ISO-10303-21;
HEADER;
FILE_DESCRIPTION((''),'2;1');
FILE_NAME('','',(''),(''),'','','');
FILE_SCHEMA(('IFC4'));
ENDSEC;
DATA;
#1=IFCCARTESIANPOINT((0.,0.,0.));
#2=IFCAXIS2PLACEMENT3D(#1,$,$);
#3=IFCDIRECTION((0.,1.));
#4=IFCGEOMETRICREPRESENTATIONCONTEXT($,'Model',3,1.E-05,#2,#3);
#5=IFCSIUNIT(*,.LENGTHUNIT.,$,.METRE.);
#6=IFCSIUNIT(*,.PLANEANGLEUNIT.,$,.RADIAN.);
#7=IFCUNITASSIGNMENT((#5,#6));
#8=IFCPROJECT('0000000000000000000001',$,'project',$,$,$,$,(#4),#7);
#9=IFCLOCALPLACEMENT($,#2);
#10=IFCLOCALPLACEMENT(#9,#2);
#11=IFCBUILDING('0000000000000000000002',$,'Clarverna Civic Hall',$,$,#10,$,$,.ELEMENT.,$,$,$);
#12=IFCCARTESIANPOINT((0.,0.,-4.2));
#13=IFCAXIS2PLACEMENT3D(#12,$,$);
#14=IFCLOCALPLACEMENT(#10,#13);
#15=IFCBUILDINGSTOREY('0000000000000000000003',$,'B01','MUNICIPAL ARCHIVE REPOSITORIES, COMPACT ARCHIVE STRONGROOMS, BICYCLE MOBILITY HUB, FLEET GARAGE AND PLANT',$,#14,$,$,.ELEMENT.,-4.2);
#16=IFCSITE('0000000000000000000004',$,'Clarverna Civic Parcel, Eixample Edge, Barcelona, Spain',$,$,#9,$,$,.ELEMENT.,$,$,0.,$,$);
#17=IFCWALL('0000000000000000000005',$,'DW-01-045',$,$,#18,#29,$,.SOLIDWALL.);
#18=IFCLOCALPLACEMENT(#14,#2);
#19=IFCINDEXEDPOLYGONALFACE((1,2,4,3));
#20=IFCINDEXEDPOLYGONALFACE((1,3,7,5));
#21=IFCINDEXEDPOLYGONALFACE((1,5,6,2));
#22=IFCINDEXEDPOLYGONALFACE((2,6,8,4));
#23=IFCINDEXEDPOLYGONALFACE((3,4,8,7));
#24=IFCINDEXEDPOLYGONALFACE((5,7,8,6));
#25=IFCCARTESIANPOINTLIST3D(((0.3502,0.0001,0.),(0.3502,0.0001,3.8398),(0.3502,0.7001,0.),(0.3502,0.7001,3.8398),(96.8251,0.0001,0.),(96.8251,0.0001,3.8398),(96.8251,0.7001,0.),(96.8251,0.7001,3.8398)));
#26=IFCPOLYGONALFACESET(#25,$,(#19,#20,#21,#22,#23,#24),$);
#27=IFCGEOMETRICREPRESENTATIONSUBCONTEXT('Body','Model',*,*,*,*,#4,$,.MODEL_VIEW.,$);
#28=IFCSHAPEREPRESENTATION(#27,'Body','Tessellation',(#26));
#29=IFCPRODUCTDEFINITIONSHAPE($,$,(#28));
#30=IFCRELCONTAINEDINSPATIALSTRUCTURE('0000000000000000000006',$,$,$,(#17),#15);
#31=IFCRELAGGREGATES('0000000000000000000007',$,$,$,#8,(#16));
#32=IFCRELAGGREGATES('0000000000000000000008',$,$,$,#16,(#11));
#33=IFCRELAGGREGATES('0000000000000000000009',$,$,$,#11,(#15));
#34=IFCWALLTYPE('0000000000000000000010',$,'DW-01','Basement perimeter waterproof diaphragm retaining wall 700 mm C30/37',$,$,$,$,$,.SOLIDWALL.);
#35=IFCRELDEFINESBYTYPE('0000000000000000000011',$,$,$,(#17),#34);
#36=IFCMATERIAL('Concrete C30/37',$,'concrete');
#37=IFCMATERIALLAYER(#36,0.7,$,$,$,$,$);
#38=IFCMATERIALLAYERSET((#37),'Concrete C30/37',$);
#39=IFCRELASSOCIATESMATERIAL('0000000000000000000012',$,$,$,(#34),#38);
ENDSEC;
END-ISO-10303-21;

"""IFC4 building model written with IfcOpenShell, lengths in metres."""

from ifc_helpers import new_model, si_unit, direction, frame, frame_2d, origin, place, context, subcontext, project, spatial, rectangle, extrude, material, layer, layer_set, type_object, element, save


model = new_model("IFC4")

# Units and contexts
model_context = context("Model", 3, precision=1e-05, world=origin(), true_north=direction((0.0, 1.0)))
body_context = subcontext(model_context, "Body", "Model", "MODEL_VIEW")
ifc_project = project(units=[si_unit("LENGTHUNIT", "METRE"), si_unit("PLANEANGLEUNIT", "RADIAN")], contexts=[model_context])

# Site, building, storey
site_placement = place(None, origin())
site = spatial("IfcSite", under=ifc_project, at=site_placement, Name="Clarverna Civic Parcel, Eixample Edge, Barcelona, Spain", CompositionType="ELEMENT", RefElevation=0.0)
building_placement = place(site_placement, origin())
building = spatial("IfcBuilding", under=site, at=building_placement, Name="Clarverna Civic Hall", CompositionType="ELEMENT")
storey_placement = place(building_placement, frame((0.0, 0.0, -4.2)))
storey = spatial("IfcBuildingStorey", under=building, at=storey_placement, Name="B01", Description="MUNICIPAL ARCHIVE REPOSITORIES, COMPACT ARCHIVE STRONGROOMS, BICYCLE MOBILITY HUB, FLEET GARAGE AND PLANT", CompositionType="ELEMENT", Elevation=-4.2)

# Shared definitions
ifc_material_1 = material(Name="Concrete C30/37", Category="concrete")

# Wall
ifc_layer = layer(ifc_material_1, 0.7)
ifc_layer_set = layer_set([ifc_layer], Name="Concrete C30/37")
wall_type = type_object("IfcWallType", Name="DW-01", Description="Basement perimeter waterproof diaphragm retaining wall 700 mm C30/37", PredefinedType="SOLIDWALL", material=ifc_layer_set)
wall_placement = place(storey_placement, frame((96.825, 0.3501, 0.0), z_axis=(0.0, 0.0, 1.0), x_axis=(-1.0, 0.0, 0.0)))
element("IfcWall", 1, at=wall_placement, inside=storey, type_object=wall_type, Name="DW-01-045", PredefinedType="SOLIDWALL", context=body_context, shape_type="SweptSolid", body=[
    extrude(rectangle(XDim=96.4749, YDim=0.7, at=frame_2d((48.2373, 0.0))), origin(), (0.0, 0.0, 1.0), 3.8398),
])

save(model, "model.ifc")
